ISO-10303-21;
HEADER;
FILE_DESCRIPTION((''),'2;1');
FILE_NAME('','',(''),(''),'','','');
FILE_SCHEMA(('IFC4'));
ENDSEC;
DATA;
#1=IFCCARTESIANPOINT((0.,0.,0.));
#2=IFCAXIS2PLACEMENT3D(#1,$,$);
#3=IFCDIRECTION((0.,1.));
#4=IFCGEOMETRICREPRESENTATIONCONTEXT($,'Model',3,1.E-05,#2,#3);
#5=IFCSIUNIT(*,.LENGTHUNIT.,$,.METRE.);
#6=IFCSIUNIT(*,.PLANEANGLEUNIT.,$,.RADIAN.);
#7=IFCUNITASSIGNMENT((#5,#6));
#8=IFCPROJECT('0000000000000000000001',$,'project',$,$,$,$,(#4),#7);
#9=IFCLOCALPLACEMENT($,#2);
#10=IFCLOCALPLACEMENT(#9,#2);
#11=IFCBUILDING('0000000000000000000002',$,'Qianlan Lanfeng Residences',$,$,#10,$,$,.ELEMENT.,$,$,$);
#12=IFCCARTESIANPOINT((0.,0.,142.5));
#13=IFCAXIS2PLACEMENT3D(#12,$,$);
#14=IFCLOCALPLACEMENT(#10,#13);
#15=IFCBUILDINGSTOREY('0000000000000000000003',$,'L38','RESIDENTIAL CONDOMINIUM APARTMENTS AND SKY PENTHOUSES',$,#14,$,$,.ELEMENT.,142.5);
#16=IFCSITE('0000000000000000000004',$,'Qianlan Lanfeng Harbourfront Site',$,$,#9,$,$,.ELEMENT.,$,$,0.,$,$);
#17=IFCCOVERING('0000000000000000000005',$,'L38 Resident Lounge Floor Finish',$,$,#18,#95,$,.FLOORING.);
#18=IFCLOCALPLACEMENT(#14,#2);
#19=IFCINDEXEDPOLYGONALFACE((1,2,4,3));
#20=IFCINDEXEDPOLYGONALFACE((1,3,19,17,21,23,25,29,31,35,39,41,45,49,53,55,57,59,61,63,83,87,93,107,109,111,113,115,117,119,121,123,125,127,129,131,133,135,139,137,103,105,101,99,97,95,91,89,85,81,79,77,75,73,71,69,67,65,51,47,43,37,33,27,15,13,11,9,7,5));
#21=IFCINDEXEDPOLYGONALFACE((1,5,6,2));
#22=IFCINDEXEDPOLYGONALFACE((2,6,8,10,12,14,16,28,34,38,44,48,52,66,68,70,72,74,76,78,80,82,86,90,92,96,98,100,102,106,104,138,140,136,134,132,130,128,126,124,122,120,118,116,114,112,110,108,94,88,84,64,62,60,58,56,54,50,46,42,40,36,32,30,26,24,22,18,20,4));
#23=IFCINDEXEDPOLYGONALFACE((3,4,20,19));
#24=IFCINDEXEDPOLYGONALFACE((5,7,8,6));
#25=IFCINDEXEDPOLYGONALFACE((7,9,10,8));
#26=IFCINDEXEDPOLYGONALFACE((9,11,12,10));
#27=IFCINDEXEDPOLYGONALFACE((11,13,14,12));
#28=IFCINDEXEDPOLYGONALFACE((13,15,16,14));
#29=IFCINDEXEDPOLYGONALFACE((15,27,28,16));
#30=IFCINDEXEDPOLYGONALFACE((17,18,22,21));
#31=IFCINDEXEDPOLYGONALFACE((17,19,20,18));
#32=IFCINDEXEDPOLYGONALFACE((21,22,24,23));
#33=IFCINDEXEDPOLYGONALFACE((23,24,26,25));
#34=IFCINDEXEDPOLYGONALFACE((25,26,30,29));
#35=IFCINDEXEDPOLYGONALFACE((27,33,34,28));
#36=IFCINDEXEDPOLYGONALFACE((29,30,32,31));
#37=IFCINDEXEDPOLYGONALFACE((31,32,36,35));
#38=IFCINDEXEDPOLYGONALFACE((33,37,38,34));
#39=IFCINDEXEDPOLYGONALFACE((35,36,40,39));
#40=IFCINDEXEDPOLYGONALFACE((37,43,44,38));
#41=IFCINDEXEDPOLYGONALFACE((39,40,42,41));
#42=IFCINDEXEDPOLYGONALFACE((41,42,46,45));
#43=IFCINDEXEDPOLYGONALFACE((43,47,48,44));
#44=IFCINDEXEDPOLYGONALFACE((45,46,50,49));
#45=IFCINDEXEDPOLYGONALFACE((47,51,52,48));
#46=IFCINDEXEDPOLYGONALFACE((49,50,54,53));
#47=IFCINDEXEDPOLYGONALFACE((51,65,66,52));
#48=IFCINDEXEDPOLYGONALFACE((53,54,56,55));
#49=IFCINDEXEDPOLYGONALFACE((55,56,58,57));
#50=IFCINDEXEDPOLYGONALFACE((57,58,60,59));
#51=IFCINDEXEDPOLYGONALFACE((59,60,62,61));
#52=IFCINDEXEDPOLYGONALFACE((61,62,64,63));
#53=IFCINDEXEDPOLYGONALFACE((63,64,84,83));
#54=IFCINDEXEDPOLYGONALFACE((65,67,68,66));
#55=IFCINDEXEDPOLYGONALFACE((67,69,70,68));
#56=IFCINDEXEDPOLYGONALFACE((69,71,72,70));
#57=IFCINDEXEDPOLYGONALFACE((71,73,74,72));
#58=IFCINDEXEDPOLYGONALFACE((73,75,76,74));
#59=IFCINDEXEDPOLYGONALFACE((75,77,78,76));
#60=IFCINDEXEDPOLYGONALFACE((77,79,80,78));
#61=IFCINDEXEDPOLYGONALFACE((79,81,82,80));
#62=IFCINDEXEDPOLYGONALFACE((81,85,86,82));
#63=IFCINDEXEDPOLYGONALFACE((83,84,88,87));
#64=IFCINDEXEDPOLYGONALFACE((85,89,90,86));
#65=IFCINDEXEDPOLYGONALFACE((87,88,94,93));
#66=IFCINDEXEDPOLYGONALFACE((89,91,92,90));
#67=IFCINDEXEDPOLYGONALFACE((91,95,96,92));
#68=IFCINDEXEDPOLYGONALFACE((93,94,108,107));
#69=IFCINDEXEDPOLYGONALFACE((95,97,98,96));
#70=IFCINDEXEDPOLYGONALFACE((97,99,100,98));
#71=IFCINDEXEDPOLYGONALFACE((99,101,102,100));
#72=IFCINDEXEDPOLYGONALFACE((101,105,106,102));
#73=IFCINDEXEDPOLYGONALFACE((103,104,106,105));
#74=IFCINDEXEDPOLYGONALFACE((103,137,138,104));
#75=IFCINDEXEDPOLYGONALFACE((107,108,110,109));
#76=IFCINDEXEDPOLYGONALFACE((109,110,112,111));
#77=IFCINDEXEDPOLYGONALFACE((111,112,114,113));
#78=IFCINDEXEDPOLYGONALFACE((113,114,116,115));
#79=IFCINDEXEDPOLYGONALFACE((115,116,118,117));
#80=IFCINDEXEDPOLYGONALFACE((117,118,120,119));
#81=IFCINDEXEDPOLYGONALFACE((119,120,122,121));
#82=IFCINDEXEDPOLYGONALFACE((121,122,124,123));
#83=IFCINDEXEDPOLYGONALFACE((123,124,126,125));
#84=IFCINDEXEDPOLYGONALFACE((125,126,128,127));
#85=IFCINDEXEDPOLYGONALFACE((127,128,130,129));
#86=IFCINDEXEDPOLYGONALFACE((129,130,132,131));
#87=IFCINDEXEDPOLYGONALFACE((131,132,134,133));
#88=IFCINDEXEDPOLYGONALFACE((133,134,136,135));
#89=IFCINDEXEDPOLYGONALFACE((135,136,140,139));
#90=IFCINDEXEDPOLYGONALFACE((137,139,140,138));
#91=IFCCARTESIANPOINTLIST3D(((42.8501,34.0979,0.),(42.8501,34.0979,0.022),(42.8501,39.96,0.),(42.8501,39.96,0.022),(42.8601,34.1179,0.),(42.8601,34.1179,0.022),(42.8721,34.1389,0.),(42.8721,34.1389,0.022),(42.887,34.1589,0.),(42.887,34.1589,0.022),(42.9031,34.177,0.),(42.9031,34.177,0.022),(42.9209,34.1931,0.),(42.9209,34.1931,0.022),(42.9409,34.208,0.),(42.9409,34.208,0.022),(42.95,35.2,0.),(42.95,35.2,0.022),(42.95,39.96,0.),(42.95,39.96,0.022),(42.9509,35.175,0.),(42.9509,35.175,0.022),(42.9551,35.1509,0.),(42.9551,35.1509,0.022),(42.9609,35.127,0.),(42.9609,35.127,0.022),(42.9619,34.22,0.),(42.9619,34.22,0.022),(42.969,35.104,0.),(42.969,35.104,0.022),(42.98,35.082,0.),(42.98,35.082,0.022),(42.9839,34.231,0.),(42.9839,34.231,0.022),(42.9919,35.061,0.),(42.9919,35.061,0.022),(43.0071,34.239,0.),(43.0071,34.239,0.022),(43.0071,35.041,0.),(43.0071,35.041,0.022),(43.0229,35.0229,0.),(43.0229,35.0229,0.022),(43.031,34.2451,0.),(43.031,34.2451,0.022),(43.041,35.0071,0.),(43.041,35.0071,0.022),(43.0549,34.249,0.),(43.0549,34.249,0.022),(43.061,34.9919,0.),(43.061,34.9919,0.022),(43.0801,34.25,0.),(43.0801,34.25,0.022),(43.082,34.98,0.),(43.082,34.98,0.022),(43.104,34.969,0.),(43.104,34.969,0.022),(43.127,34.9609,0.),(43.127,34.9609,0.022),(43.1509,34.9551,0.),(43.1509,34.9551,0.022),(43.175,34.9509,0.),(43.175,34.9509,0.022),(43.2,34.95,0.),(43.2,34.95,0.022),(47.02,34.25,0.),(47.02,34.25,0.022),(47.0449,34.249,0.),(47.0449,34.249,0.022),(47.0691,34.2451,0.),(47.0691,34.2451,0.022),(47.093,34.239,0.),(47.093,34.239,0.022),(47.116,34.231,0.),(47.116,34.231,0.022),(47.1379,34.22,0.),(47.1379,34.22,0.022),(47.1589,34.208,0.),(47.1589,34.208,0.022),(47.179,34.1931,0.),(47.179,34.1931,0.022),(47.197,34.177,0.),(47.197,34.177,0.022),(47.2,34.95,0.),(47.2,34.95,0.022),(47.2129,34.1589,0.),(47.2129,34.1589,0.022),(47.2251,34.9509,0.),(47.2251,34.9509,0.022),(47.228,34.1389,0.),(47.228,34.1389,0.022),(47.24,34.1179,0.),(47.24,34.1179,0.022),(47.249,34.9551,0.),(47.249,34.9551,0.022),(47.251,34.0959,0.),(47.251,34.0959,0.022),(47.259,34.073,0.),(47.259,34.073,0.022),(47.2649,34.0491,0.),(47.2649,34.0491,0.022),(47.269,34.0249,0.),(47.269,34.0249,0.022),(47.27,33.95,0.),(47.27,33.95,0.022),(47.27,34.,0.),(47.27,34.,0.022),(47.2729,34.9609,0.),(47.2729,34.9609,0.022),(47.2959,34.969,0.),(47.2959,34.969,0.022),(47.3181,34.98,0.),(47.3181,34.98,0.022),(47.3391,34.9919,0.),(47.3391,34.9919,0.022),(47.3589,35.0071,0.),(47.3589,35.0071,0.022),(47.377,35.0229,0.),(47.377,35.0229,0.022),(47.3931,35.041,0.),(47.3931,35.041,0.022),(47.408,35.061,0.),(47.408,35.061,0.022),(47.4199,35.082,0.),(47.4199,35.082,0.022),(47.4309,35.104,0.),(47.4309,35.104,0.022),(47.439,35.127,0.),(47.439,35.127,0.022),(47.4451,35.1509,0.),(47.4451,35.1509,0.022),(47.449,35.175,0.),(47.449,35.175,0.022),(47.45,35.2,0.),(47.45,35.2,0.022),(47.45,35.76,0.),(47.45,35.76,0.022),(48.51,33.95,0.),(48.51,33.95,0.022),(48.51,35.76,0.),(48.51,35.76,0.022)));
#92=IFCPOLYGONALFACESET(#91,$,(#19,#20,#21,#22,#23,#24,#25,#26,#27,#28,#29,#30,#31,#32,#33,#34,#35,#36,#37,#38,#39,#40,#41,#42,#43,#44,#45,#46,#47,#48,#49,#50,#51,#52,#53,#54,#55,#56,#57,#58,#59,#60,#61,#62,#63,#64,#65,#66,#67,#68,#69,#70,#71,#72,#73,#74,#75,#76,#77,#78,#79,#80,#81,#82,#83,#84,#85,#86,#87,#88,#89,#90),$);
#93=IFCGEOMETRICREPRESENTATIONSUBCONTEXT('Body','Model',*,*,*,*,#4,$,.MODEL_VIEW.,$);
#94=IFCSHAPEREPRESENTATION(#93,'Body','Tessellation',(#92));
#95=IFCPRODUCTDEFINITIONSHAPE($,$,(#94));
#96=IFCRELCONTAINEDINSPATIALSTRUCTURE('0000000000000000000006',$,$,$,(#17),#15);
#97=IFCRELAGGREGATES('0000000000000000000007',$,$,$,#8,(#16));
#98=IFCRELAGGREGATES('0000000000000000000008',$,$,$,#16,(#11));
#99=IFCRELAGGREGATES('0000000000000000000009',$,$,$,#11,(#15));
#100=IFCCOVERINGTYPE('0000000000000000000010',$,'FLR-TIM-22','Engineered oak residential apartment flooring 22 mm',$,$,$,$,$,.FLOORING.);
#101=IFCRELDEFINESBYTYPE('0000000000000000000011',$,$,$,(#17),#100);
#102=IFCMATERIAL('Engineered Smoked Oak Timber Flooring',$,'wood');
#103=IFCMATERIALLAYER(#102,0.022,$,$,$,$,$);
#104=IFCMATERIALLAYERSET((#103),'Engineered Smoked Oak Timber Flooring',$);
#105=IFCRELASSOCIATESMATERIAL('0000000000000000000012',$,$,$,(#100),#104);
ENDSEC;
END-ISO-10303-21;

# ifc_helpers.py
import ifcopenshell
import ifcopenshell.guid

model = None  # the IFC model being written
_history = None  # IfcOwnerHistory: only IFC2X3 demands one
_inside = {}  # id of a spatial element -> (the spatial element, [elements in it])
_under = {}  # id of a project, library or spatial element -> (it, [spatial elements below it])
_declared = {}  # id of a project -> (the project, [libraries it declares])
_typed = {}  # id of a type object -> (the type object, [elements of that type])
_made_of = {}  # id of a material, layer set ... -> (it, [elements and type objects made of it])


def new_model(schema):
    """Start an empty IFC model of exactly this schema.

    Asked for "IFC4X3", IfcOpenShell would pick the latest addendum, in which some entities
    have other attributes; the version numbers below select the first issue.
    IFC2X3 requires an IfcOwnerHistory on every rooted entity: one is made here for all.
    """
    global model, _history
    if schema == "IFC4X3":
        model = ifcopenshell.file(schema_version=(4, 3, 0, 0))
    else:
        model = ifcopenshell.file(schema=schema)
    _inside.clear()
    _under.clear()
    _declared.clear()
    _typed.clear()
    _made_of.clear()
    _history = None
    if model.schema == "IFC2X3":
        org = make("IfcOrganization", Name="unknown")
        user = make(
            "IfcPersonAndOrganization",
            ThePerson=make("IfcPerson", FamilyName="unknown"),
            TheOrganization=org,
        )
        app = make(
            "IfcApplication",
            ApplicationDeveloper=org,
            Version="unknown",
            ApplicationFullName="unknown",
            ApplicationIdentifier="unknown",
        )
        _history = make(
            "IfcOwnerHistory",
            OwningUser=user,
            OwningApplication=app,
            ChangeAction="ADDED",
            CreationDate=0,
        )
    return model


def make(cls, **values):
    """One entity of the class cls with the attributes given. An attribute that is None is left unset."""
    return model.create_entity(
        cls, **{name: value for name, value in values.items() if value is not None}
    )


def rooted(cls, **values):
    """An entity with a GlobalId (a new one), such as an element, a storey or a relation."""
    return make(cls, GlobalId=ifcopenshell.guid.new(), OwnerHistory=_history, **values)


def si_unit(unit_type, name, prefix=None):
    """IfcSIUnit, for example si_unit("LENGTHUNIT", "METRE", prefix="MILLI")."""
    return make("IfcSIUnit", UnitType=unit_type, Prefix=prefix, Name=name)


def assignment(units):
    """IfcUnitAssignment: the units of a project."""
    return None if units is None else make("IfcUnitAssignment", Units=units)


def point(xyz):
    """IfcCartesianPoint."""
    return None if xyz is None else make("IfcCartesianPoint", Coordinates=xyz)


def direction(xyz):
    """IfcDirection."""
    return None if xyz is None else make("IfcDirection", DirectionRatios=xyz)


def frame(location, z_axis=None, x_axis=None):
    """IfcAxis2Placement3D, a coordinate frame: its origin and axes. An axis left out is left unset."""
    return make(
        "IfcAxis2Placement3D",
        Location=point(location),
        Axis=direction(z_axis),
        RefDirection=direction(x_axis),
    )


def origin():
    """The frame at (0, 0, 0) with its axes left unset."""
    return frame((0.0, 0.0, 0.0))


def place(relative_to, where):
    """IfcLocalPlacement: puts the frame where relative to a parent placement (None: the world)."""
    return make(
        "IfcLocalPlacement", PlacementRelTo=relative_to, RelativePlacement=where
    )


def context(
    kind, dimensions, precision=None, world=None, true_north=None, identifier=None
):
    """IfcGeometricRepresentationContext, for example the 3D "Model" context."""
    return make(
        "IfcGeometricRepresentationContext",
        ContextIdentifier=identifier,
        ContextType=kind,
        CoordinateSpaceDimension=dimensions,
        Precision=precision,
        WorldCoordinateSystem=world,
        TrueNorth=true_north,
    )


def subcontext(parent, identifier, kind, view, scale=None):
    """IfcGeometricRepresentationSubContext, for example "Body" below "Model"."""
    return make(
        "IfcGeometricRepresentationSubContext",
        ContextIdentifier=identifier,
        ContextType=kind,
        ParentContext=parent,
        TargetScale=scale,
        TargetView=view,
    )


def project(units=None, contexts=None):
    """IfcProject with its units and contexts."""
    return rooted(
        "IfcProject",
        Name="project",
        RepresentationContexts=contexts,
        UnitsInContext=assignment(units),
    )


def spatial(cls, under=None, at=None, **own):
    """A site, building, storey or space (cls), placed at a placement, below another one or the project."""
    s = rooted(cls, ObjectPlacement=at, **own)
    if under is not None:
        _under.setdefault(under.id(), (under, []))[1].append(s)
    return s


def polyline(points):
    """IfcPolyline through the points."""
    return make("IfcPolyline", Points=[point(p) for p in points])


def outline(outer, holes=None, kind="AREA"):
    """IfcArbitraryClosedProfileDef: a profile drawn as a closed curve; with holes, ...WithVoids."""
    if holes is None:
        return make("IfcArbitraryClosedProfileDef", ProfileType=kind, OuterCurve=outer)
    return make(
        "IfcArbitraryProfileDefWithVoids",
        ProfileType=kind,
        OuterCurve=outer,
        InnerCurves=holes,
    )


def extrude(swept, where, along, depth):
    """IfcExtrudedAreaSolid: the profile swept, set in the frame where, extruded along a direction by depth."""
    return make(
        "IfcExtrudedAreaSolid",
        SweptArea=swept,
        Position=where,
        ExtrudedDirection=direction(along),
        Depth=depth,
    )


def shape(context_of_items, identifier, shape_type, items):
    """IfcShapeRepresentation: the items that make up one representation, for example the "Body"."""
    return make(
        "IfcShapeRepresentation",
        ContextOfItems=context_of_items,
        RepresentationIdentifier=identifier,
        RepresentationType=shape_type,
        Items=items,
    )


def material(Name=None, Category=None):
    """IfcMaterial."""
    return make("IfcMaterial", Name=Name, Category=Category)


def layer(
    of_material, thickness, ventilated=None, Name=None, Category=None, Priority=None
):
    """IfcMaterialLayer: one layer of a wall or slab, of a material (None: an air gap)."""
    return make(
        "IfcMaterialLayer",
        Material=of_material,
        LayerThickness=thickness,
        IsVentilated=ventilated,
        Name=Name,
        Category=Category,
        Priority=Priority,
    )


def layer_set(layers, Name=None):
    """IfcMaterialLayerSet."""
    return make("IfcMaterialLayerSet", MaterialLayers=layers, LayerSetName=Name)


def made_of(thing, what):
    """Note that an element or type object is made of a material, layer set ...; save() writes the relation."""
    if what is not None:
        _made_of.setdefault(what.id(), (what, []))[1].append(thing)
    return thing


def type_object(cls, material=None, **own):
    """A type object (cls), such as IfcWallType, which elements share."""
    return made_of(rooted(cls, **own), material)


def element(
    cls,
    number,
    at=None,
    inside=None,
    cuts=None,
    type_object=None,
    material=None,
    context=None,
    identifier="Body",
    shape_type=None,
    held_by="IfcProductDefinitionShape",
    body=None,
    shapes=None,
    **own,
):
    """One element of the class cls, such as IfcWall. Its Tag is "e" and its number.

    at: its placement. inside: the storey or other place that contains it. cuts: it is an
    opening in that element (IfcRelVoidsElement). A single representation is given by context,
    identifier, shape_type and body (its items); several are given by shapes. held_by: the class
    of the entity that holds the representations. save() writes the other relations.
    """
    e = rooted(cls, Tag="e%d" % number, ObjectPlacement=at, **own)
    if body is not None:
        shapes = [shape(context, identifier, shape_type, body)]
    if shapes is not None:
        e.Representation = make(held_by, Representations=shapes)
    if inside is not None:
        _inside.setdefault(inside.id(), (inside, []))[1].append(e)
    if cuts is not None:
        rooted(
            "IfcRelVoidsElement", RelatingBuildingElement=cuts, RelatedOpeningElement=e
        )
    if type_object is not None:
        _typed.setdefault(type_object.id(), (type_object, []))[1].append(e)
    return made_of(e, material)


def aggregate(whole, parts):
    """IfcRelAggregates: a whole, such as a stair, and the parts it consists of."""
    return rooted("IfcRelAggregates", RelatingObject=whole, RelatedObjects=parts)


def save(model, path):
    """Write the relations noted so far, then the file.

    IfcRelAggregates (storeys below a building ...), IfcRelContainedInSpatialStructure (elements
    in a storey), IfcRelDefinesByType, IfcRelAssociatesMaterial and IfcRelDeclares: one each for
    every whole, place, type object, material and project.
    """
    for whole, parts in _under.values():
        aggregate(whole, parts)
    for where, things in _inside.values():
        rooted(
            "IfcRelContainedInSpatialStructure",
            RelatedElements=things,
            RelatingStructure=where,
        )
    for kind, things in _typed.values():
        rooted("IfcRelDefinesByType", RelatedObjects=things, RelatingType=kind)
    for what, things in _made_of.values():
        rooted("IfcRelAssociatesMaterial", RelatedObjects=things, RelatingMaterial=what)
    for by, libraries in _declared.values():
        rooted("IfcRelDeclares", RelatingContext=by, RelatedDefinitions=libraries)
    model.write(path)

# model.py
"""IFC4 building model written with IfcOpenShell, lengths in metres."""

from ifc_helpers import new_model, si_unit, direction, frame, origin, place, context, subcontext, project, spatial, polyline, outline, extrude, material, layer, layer_set, type_object, element, save


model = new_model("IFC4")

# Units and contexts
model_context = context("Model", 3, precision=1e-05, world=origin(), true_north=direction((0.0, 1.0)))
body_context = subcontext(model_context, "Body", "Model", "MODEL_VIEW")
ifc_project = project(units=[si_unit("LENGTHUNIT", "METRE"), si_unit("PLANEANGLEUNIT", "RADIAN")], contexts=[model_context])

# Site, building, storey
site_placement = place(None, origin())
site = spatial("IfcSite", under=ifc_project, at=site_placement, Name="Qianlan Lanfeng Harbourfront Site", CompositionType="ELEMENT", RefElevation=0.0)
building_placement = place(site_placement, origin())
building = spatial("IfcBuilding", under=site, at=building_placement, Name="Qianlan Lanfeng Residences", CompositionType="ELEMENT")
storey_placement = place(building_placement, frame((0.0, 0.0, 142.5)))
storey = spatial("IfcBuildingStorey", under=building, at=storey_placement, Name="L38", Description="RESIDENTIAL CONDOMINIUM APARTMENTS AND SKY PENTHOUSES", CompositionType="ELEMENT", Elevation=142.5)

# Covering
ifc_material_1 = material(Name="Engineered Smoked Oak Timber Flooring", Category="wood")
ifc_layer_1 = layer(ifc_material_1, 0.022)
ifc_layer_set_1 = layer_set([ifc_layer_1], Name="Engineered Smoked Oak Timber Flooring")
covering_type = type_object("IfcCoveringType", Name="FLR-TIM-22", Description="Engineered oak residential apartment flooring 22 mm", PredefinedType="FLOORING", material=ifc_layer_set_1)
covering_1_placement = place(storey_placement, origin())
element("IfcCovering", 1, at=covering_1_placement, inside=storey, type_object=covering_type, Name="L38 Resident Lounge Floor Finish", PredefinedType="FLOORING", context=body_context, shape_type="SweptSolid", body=[
    extrude(outline(polyline([(42.8501, 34.0979), (42.8601, 34.1179), (42.8721, 34.1389), (42.887, 34.1589), (42.9031, 34.177), (42.9209, 34.1931), (42.9409, 34.208), (42.9619, 34.22), (42.9839, 34.231), (43.0071, 34.239), (43.031, 34.2451), (43.0549, 34.249), (43.0801, 34.25), (47.02, 34.25), (47.0449, 34.249), (47.0691, 34.2451), (47.093, 34.239), (47.116, 34.231), (47.1379, 34.22), (47.1589, 34.208), (47.179, 34.1931), (47.197, 34.177), (47.2129, 34.1589), (47.228, 34.1389), (47.24, 34.1179), (47.251, 34.0959), (47.259, 34.073), (47.2649, 34.0491), (47.269, 34.0249), (47.27, 34.0), (47.27, 33.95), (48.51, 33.95), (48.51, 35.76), (47.45, 35.76), (47.45, 35.2), (47.449, 35.175), (47.4451, 35.1509), (47.439, 35.127), (47.4309, 35.104), (47.4199, 35.082), (47.408, 35.061), (47.3931, 35.041), (47.377, 35.0229), (47.3589, 35.0071), (47.3391, 34.9919), (47.3181, 34.98), (47.2959, 34.969), (47.2729, 34.9609), (47.249, 34.9551), (47.2251, 34.9509), (47.2, 34.95), (43.2, 34.95), (43.175, 34.9509), (43.1509, 34.9551), (43.127, 34.9609), (43.104, 34.969), (43.082, 34.98), (43.061, 34.9919), (43.041, 35.0071), (43.0229, 35.0229), (43.0071, 35.041), (42.9919, 35.061), (42.98, 35.082), (42.969, 35.104), (42.9609, 35.127), (42.9551, 35.1509), (42.9509, 35.175), (42.95, 35.2), (42.95, 39.96), (42.8501, 39.96), (42.8501, 34.0979)])), origin(), (0.0, 0.0, 1.0), 0.022),
])

save(model, "model.ifc")
